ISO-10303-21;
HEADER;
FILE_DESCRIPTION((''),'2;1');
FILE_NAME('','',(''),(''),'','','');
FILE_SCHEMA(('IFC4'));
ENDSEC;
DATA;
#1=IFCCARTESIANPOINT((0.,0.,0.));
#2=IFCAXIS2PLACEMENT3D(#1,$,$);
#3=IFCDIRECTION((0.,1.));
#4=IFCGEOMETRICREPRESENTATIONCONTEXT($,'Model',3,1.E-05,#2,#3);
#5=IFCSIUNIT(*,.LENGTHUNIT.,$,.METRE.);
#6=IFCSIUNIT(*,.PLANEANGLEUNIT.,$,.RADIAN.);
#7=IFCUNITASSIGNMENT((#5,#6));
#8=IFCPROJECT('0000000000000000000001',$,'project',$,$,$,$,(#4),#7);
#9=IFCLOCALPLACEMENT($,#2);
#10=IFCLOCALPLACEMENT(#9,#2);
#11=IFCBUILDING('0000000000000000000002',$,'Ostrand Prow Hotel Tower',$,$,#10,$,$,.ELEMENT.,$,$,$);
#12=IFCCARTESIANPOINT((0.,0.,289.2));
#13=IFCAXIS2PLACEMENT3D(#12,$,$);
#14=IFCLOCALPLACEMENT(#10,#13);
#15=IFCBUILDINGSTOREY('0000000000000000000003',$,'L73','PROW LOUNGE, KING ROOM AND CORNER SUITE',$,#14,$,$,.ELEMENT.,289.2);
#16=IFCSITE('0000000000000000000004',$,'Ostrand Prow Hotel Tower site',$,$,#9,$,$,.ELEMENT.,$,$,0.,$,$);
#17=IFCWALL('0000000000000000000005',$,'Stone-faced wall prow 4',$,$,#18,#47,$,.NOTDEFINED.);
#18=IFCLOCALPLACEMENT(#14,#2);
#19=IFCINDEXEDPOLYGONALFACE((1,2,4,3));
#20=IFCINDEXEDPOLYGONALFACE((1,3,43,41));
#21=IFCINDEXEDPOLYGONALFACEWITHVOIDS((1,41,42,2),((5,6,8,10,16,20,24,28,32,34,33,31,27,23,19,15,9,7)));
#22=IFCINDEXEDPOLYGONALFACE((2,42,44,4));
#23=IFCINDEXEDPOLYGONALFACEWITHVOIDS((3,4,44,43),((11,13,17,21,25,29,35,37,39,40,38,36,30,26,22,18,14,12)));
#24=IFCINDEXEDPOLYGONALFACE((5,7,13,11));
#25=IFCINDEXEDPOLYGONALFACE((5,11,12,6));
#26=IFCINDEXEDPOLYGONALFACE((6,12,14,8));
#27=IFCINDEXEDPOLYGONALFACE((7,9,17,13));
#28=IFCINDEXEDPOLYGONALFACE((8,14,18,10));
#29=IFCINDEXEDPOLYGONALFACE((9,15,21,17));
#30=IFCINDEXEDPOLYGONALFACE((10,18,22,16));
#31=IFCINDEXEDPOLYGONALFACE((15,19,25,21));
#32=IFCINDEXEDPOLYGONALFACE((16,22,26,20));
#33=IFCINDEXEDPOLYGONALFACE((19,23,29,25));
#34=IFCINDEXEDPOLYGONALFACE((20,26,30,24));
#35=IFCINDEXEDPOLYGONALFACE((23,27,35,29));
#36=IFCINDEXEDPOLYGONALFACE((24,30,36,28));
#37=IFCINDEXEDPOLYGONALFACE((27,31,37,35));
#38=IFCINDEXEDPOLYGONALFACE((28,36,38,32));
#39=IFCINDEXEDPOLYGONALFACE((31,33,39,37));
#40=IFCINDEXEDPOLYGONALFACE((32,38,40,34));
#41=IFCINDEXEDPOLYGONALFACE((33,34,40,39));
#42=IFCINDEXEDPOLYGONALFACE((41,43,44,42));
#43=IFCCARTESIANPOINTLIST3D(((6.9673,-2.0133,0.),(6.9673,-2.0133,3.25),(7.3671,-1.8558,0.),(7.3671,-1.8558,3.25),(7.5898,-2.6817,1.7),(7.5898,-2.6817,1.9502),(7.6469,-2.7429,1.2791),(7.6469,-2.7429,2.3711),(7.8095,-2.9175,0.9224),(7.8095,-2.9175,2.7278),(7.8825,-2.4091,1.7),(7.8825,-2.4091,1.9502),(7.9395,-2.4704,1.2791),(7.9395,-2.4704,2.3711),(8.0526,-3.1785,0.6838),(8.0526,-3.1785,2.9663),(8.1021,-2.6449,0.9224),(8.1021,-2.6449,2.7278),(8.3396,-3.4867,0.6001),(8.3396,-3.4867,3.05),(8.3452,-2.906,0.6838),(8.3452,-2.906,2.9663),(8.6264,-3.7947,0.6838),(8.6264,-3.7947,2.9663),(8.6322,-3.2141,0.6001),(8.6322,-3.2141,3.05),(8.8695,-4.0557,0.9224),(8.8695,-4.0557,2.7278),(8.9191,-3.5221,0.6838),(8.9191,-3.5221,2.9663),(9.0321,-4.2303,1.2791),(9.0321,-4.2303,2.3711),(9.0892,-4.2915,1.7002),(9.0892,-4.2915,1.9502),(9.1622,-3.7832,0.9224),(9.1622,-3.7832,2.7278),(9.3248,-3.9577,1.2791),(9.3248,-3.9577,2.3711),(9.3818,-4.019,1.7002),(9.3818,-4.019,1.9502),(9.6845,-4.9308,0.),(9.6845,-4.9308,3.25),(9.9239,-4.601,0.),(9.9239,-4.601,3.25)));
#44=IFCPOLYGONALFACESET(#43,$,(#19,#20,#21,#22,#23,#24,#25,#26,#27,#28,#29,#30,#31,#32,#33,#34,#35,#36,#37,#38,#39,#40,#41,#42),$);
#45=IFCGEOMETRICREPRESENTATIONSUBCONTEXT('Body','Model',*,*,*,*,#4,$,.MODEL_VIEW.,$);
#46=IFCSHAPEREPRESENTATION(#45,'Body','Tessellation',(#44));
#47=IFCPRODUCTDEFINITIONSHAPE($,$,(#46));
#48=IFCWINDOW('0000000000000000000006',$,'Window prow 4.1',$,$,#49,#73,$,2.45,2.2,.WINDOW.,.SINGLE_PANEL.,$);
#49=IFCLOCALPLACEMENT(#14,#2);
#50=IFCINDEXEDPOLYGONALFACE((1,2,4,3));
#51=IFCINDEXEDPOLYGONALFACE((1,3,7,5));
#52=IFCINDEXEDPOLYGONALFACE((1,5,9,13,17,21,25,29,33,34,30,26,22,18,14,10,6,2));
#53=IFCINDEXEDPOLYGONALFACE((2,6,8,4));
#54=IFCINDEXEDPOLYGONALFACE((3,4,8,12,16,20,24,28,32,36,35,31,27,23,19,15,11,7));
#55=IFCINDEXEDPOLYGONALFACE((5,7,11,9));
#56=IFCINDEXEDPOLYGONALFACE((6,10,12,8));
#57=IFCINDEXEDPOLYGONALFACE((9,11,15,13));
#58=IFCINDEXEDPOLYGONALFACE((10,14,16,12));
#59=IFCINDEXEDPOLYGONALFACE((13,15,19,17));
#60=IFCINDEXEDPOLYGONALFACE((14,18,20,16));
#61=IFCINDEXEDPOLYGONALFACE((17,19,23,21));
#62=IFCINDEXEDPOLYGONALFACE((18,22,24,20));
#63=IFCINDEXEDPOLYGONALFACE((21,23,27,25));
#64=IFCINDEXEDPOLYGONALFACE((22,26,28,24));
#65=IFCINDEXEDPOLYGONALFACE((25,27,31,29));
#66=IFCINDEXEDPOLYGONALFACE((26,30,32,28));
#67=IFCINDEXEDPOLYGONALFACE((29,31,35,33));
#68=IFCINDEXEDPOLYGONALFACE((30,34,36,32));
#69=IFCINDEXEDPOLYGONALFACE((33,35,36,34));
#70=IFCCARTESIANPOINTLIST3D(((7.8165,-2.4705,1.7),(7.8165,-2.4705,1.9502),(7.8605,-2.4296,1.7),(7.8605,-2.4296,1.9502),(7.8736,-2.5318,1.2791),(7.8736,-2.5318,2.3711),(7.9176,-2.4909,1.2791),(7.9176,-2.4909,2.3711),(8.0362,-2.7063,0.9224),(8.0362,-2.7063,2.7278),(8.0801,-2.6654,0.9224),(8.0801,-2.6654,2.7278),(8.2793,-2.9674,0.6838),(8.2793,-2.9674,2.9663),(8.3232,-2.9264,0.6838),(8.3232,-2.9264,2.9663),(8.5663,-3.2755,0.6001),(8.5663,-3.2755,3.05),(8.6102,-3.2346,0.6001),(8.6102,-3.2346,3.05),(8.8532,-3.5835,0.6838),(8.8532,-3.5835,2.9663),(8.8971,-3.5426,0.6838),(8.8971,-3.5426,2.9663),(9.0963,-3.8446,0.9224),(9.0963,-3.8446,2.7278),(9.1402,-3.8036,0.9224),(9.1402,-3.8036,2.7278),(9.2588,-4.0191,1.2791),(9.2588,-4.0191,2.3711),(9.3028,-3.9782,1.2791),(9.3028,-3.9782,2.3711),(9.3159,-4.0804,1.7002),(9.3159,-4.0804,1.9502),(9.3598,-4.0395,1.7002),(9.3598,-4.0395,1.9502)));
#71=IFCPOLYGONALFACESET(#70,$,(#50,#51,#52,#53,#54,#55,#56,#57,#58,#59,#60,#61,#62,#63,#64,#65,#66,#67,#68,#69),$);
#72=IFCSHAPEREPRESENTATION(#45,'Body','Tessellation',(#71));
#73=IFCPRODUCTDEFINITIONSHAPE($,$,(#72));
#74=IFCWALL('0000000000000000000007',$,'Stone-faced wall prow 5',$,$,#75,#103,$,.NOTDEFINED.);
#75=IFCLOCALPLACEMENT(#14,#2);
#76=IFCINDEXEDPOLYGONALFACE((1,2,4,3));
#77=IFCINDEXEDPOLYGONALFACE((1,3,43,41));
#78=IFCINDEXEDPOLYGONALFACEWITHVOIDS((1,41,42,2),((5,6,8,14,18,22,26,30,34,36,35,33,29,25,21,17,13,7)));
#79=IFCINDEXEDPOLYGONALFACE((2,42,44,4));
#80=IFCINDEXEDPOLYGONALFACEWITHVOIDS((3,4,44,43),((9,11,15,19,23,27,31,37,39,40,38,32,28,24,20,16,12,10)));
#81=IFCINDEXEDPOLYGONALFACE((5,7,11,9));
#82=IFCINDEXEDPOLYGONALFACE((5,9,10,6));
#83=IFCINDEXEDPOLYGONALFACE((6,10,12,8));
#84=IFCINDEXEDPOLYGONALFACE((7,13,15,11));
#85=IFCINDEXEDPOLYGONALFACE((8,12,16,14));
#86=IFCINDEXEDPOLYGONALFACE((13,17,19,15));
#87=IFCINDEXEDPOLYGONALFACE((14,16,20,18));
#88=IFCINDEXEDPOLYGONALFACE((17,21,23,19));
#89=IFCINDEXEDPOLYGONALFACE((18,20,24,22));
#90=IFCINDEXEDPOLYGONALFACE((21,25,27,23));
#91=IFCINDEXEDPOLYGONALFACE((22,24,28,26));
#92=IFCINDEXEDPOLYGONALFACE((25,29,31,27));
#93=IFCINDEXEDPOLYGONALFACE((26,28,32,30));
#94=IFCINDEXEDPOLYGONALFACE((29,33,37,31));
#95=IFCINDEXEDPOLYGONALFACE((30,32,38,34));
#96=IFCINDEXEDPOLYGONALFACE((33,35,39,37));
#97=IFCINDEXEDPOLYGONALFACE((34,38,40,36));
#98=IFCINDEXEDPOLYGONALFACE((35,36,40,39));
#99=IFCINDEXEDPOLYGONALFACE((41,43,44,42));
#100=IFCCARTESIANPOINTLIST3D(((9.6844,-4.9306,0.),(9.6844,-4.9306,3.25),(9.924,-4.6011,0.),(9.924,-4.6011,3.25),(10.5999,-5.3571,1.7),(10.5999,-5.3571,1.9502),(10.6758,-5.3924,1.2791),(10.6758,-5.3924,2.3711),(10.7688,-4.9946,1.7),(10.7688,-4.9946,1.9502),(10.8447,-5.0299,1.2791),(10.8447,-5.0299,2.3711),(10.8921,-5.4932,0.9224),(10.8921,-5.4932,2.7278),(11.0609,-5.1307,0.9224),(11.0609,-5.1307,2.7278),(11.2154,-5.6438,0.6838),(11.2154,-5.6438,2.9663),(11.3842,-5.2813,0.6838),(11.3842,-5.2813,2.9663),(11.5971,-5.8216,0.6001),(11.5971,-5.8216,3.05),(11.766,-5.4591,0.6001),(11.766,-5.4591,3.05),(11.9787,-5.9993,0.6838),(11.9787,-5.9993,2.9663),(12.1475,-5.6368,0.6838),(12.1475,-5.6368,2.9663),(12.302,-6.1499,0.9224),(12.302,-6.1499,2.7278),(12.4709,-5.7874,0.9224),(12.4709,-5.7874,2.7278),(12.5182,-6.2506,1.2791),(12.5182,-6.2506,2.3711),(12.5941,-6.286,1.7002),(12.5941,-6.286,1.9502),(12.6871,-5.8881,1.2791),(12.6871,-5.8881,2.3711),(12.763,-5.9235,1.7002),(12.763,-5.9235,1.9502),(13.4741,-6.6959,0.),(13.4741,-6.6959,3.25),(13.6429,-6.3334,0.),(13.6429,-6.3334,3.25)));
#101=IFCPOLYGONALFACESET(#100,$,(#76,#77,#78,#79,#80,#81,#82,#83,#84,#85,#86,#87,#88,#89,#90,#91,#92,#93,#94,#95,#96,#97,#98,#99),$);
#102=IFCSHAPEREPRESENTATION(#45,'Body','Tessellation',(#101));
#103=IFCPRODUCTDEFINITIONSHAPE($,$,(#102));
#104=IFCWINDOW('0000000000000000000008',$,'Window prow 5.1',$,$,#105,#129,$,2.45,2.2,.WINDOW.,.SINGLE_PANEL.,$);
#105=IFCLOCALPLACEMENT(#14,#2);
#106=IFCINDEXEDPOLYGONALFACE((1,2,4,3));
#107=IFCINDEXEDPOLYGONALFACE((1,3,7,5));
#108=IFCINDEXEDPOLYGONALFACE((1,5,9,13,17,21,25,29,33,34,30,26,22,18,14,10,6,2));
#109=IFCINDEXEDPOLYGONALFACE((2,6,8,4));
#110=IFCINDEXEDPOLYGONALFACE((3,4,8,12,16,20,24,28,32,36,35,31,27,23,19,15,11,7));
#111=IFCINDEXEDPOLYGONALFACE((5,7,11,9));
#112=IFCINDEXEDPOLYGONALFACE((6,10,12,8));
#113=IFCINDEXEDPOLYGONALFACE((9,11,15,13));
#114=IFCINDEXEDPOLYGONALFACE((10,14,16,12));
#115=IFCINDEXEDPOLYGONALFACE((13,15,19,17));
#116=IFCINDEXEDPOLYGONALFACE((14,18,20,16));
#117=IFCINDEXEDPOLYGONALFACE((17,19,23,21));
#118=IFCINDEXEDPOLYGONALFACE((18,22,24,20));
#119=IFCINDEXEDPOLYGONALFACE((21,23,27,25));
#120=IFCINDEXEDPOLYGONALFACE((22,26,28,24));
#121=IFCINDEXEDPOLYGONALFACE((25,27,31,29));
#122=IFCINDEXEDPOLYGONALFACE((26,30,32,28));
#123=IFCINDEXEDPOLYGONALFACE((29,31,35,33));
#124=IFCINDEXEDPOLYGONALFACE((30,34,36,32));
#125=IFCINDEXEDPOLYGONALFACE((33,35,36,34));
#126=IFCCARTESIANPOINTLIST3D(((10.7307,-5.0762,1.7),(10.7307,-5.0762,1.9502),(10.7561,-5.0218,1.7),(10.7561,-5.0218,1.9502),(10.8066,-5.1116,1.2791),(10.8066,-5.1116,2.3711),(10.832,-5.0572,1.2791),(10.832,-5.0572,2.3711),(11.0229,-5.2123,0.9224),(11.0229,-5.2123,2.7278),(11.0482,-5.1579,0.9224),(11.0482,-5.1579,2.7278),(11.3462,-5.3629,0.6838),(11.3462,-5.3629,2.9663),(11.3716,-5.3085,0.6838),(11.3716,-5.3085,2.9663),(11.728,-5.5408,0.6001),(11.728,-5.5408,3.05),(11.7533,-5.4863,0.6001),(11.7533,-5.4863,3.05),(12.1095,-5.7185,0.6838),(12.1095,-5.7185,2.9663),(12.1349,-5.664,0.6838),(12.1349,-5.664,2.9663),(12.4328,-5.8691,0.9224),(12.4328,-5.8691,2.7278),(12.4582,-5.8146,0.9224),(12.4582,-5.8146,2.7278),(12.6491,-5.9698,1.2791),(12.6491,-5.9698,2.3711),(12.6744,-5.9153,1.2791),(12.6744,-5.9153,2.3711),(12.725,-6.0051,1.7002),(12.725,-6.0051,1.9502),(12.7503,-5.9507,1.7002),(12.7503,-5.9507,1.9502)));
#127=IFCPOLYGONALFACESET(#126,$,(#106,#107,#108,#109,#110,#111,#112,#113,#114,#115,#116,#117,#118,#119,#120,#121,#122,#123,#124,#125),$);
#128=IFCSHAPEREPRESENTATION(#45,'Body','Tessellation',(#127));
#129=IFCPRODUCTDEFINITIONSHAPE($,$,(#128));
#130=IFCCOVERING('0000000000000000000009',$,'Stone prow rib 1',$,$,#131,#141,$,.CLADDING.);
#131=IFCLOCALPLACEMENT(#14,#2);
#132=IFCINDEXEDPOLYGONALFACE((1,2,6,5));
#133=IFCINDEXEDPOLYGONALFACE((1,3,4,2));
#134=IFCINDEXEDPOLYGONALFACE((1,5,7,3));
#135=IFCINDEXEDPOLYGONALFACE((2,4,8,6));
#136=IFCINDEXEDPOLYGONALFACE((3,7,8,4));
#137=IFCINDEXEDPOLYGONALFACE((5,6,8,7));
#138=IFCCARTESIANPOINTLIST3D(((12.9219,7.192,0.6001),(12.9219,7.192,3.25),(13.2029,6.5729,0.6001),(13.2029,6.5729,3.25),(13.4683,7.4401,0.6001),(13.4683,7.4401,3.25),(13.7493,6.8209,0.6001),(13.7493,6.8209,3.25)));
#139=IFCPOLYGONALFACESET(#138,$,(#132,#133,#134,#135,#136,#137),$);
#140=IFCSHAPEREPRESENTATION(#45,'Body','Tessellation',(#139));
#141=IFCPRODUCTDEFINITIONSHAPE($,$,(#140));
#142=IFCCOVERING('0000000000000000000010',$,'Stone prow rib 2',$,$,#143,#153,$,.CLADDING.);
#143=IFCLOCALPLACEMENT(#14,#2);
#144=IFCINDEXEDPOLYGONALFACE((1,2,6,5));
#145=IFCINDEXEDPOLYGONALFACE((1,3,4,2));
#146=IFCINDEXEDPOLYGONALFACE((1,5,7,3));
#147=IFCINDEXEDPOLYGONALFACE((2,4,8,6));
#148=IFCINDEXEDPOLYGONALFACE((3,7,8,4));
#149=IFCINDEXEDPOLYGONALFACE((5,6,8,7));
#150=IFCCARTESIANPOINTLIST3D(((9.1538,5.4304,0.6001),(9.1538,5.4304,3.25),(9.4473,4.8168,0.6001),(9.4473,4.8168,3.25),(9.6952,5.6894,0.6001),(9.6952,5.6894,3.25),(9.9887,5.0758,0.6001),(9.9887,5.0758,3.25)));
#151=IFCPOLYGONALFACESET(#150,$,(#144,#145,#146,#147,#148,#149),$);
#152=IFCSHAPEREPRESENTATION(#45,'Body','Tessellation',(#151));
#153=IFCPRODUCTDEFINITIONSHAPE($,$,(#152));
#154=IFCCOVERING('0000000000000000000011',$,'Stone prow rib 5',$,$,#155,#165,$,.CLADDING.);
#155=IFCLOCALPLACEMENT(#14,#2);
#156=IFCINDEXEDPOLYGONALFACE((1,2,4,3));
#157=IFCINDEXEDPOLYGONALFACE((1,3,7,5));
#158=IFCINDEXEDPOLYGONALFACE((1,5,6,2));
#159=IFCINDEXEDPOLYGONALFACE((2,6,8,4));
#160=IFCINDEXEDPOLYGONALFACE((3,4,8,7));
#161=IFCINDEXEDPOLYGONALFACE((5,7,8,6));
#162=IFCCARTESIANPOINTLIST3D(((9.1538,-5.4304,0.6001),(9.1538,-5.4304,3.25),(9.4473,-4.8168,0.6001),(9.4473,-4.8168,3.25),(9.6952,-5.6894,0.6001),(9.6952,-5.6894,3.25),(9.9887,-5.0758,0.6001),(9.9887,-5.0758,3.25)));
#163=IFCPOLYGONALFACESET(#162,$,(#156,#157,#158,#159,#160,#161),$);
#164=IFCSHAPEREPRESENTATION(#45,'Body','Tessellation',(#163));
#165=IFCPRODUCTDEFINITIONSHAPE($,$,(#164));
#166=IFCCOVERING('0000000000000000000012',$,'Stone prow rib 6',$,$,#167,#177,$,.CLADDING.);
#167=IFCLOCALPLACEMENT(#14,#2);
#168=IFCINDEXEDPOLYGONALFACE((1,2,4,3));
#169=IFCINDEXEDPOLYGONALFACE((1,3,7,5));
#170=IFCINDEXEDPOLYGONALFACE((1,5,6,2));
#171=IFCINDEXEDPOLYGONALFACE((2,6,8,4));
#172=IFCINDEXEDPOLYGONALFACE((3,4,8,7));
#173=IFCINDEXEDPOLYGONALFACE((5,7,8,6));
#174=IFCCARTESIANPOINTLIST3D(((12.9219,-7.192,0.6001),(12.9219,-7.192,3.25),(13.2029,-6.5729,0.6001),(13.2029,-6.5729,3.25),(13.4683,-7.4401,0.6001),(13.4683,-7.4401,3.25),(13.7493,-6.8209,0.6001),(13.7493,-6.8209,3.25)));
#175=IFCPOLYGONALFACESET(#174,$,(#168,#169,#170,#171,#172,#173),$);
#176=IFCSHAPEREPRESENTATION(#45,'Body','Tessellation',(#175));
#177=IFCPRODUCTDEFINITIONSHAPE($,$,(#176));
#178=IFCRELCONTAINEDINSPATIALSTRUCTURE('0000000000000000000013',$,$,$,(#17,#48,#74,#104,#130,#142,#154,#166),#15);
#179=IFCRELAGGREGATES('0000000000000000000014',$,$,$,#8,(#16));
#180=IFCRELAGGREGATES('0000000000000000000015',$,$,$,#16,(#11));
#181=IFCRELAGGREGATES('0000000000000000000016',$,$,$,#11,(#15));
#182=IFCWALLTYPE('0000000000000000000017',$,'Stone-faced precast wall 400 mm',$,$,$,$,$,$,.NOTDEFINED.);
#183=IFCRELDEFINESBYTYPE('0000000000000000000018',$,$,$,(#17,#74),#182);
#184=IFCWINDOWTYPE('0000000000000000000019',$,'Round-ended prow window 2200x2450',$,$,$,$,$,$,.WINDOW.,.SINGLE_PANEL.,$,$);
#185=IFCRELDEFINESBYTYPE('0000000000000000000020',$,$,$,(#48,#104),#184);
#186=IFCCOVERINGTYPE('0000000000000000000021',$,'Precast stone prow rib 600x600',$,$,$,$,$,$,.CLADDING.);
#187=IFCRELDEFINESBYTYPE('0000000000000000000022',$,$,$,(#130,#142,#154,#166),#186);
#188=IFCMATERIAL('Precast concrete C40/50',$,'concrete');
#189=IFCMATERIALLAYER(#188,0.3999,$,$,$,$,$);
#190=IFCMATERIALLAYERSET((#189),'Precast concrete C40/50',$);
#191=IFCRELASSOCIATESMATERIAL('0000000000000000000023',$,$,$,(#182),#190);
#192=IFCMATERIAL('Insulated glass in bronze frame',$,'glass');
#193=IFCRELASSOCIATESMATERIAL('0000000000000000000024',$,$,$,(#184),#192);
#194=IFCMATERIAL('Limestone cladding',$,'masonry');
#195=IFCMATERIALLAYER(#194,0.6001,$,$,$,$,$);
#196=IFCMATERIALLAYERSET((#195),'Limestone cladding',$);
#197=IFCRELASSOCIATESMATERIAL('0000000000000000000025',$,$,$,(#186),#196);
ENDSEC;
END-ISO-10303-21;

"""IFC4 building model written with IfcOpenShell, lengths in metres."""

from ifc_helpers import new_model, si_unit, direction, frame, frame_2d, origin, place, context, subcontext, project, spatial, polyline, rectangle, outline, extrude, material, layer, layer_set, type_object, element, fill, save


model = new_model("IFC4")

# Units and contexts
model_context = context("Model", 3, precision=1e-05, world=origin(), true_north=direction((0.0, 1.0)))
body_context = subcontext(model_context, "Body", "Model", "MODEL_VIEW")
ifc_project = project(units=[si_unit("LENGTHUNIT", "METRE"), si_unit("PLANEANGLEUNIT", "RADIAN")], contexts=[model_context])

# Site, building, storey
site_placement = place(None, origin())
site = spatial("IfcSite", under=ifc_project, at=site_placement, Name="Ostrand Prow Hotel Tower site", CompositionType="ELEMENT", RefElevation=0.0)
building_placement = place(site_placement, origin())
building = spatial("IfcBuilding", under=site, at=building_placement, Name="Ostrand Prow Hotel Tower", CompositionType="ELEMENT")
storey_placement = place(building_placement, frame((0.0, 0.0, 289.2)))
storey = spatial("IfcBuildingStorey", under=building, at=storey_placement, Name="L73", Description="PROW LOUNGE, KING ROOM AND CORNER SUITE", CompositionType="ELEMENT", Elevation=289.2)

# Walls, openings, windows
ifc_material_1 = material(Name="Precast concrete C40/50", Category="concrete")
ifc_layer_1 = layer(ifc_material_1, 0.3999)
ifc_layer_set_1 = layer_set([ifc_layer_1], Name="Precast concrete C40/50")
wall_type_1 = type_object("IfcWallType", Name="Stone-faced precast wall 400 mm", PredefinedType="NOTDEFINED", material=ifc_layer_set_1)
ifc_material_2 = material(Name="Insulated glass in bronze frame", Category="glass")
window_type = type_object("IfcWindowType", Name="Round-ended prow window 2200x2450", PartitioningType="SINGLE_PANEL", PredefinedType="WINDOW", material=ifc_material_2)
wall_1_placement = place(storey_placement, frame((7.1672, -1.9346, 0.0), z_axis=(0.0, 0.0, 1.0), x_axis=(0.681547, -0.731775, 0.0)))
wall_1 = element("IfcWall", 1, at=wall_1_placement, inside=storey, type_object=wall_type_1, Name="Stone-faced wall prow 4", PredefinedType="NOTDEFINED", context=body_context, shape_type="SweptSolid", body=[
    extrude(outline(polyline([(-0.0786, -0.2), (3.9082, -0.2), (3.8301, 0.2), (0.0786, 0.2), (-0.0786, -0.2)])), origin(), (0.0, 0.0, 1.0), 3.25),
])
opening_1_placement = place(wall_1_placement, frame((0.8347, 0.0, 0.6001)))
opening_1 = element("IfcOpeningElement", 2, at=opening_1_placement, cuts=wall_1, PredefinedType="OPENING", context=body_context, shape_type="SweptSolid", body=[
    extrude(outline(polyline([(0.0, 1.3501), (0.0837, 1.771), (0.3223, 2.1277), (0.679, 2.3662), (1.1001, 2.45), (1.521, 2.3662), (1.8777, 2.1277), (2.1162, 1.771), (2.2, 1.3501), (2.2, 1.1001), (2.1162, 0.679), (1.8777, 0.3223), (1.521, 0.0837), (1.1001, 0.0), (0.679, 0.0837), (0.3223, 0.3223), (0.0837, 0.679), (0.0, 1.0999), (0.0, 1.3501)])), frame((0.0, 0.21, 0.0), z_axis=(0.0, -1.0, 0.0), x_axis=(1.0, 0.0, 0.0)), (0.0, 0.0, 1.0), 0.4199),
])
window_1_placement = place(opening_1_placement, origin())
window_1 = element("IfcWindow", 3, at=window_1_placement, inside=storey, type_object=window_type, Name="Window prow 4.1", OverallHeight=2.45, OverallWidth=2.2, PartitioningType="SINGLE_PANEL", PredefinedType="WINDOW", context=body_context, shape_type="SweptSolid", body=[
    extrude(outline(polyline([(0.0, 1.3501), (0.0837, 1.771), (0.3223, 2.1277), (0.679, 2.3662), (1.1001, 2.45), (1.521, 2.3662), (1.8777, 2.1277), (2.1162, 1.771), (2.2, 1.3501), (2.2, 1.1001), (2.1162, 0.679), (1.8777, 0.3223), (1.521, 0.0837), (1.1001, 0.0), (0.679, 0.0837), (0.3223, 0.3223), (0.0837, 0.679), (0.0, 1.0999), (0.0, 1.3501)])), frame((0.0, 0.1699, 0.0), z_axis=(0.0, -1.0, 0.0), x_axis=(1.0, 0.0, 0.0)), (0.0, 0.0, 1.0), 0.0601),
])
fill(opening_1, window_1)
wall_2_placement = place(storey_placement, frame((9.8042, -4.7659, 0.0), z_axis=(0.0, 0.0, 1.0), x_axis=(0.906486, -0.422237, 0.0)))
wall_2 = element("IfcWall", 4, at=wall_2_placement, inside=storey, type_object=wall_type_1, Name="Stone-faced wall prow 5", PredefinedType="NOTDEFINED", context=body_context, shape_type="SweptSolid", body=[
    extrude(outline(polyline([(-0.0391, -0.2), (4.1416, -0.2), (4.1416, 0.2), (0.0391, 0.2), (-0.0391, -0.2)])), origin(), (0.0, 0.0, 1.0), 3.25),
])
opening_2_placement = place(wall_2_placement, frame((0.9709, 0.0, 0.6001)))
opening_2 = element("IfcOpeningElement", 5, at=opening_2_placement, cuts=wall_2, PredefinedType="OPENING", context=body_context, shape_type="SweptSolid", body=[
    extrude(outline(polyline([(0.0, 1.3501), (0.0837, 1.771), (0.3223, 2.1277), (0.679, 2.3662), (1.1001, 2.45), (1.521, 2.3662), (1.8777, 2.1277), (2.1162, 1.771), (2.2, 1.3501), (2.2, 1.1001), (2.1162, 0.679), (1.8777, 0.3223), (1.521, 0.0837), (1.1001, 0.0), (0.679, 0.0837), (0.3223, 0.3223), (0.0837, 0.679), (0.0, 1.0999), (0.0, 1.3501)])), frame((0.0, 0.21, 0.0), z_axis=(0.0, -1.0, 0.0), x_axis=(1.0, 0.0, 0.0)), (0.0, 0.0, 1.0), 0.4199),
])
window_2_placement = place(opening_2_placement, origin())
window_2 = element("IfcWindow", 6, at=window_2_placement, inside=storey, type_object=window_type, Name="Window prow 5.1", OverallHeight=2.45, OverallWidth=2.2, PartitioningType="SINGLE_PANEL", PredefinedType="WINDOW", context=body_context, shape_type="SweptSolid", body=[
    extrude(outline(polyline([(0.0, 1.3501), (0.0837, 1.771), (0.3223, 2.1277), (0.679, 2.3662), (1.1001, 2.45), (1.521, 2.3662), (1.8777, 2.1277), (2.1162, 1.771), (2.2, 1.3501), (2.2, 1.1001), (2.1162, 0.679), (1.8777, 0.3223), (1.521, 0.0837), (1.1001, 0.0), (0.679, 0.0837), (0.3223, 0.3223), (0.0837, 0.679), (0.0, 1.0999), (0.0, 1.3501)])), frame((0.0, 0.1699, 0.0), z_axis=(0.0, -1.0, 0.0), x_axis=(1.0, 0.0, 0.0)), (0.0, 0.0, 1.0), 0.0601),
])
fill(opening_2, window_2)

# Coverings
ifc_material_3 = material(Name="Limestone cladding", Category="masonry")
ifc_layer_2 = layer(ifc_material_3, 0.6001)
ifc_layer_set_2 = layer_set([ifc_layer_2], Name="Limestone cladding")
covering_type = type_object("IfcCoveringType", Name="Precast stone prow rib 600x600", PredefinedType="CLADDING", material=ifc_layer_set_2)
covering_1_placement = place(storey_placement, frame((13.4761, 6.697, 0.6001), z_axis=(0.0, 0.0, 1.0), x_axis=(-0.413289, 0.9106, 0.0)))
element("IfcCovering", 7, at=covering_1_placement, inside=storey, type_object=covering_type, Name="Stone prow rib 1", PredefinedType="CLADDING", context=body_context, shape_type="SweptSolid", body=[
    extrude(rectangle(XDim=0.6799, YDim=0.6001, at=frame_2d((0.3398, 0.0))), origin(), (0.0, 0.0, 1.0), 2.6499),
])
for number, where, z_axis, x_axis, name in (
    (8, (9.718, 4.9463, 0.6001), (0.0, 0.0, 1.0), (-0.431494, 0.902116, 0.0), "Stone prow rib 2"),
    (9, (9.718, -4.9463, 0.6001), (0.0, 0.0, 1.0), (-0.431494, -0.902116, 0.0), "Stone prow rib 5"),
):
    element("IfcCovering", number, at=place(storey_placement, frame(where, z_axis=z_axis, x_axis=x_axis)), inside=storey, type_object=covering_type, Name=name, PredefinedType="CLADDING", context=body_context, shape_type="SweptSolid", body=[
        extrude(rectangle(XDim=0.6802, YDim=0.6001, at=frame_2d((0.3401, 0.0))), origin(), (0.0, 0.0, 1.0), 2.6499),
    ])
covering_2_placement = place(storey_placement, frame((13.4761, -6.697, 0.6001), z_axis=(0.0, 0.0, 1.0), x_axis=(-0.413289, -0.9106, 0.0)))
element("IfcCovering", 10, at=covering_2_placement, inside=storey, type_object=covering_type, Name="Stone prow rib 6", PredefinedType="CLADDING", context=body_context, shape_type="SweptSolid", body=[
    extrude(rectangle(XDim=0.6799, YDim=0.6001, at=frame_2d((0.3398, 0.0))), origin(), (0.0, 0.0, 1.0), 2.6499),
])

save(model, "model.ifc")
